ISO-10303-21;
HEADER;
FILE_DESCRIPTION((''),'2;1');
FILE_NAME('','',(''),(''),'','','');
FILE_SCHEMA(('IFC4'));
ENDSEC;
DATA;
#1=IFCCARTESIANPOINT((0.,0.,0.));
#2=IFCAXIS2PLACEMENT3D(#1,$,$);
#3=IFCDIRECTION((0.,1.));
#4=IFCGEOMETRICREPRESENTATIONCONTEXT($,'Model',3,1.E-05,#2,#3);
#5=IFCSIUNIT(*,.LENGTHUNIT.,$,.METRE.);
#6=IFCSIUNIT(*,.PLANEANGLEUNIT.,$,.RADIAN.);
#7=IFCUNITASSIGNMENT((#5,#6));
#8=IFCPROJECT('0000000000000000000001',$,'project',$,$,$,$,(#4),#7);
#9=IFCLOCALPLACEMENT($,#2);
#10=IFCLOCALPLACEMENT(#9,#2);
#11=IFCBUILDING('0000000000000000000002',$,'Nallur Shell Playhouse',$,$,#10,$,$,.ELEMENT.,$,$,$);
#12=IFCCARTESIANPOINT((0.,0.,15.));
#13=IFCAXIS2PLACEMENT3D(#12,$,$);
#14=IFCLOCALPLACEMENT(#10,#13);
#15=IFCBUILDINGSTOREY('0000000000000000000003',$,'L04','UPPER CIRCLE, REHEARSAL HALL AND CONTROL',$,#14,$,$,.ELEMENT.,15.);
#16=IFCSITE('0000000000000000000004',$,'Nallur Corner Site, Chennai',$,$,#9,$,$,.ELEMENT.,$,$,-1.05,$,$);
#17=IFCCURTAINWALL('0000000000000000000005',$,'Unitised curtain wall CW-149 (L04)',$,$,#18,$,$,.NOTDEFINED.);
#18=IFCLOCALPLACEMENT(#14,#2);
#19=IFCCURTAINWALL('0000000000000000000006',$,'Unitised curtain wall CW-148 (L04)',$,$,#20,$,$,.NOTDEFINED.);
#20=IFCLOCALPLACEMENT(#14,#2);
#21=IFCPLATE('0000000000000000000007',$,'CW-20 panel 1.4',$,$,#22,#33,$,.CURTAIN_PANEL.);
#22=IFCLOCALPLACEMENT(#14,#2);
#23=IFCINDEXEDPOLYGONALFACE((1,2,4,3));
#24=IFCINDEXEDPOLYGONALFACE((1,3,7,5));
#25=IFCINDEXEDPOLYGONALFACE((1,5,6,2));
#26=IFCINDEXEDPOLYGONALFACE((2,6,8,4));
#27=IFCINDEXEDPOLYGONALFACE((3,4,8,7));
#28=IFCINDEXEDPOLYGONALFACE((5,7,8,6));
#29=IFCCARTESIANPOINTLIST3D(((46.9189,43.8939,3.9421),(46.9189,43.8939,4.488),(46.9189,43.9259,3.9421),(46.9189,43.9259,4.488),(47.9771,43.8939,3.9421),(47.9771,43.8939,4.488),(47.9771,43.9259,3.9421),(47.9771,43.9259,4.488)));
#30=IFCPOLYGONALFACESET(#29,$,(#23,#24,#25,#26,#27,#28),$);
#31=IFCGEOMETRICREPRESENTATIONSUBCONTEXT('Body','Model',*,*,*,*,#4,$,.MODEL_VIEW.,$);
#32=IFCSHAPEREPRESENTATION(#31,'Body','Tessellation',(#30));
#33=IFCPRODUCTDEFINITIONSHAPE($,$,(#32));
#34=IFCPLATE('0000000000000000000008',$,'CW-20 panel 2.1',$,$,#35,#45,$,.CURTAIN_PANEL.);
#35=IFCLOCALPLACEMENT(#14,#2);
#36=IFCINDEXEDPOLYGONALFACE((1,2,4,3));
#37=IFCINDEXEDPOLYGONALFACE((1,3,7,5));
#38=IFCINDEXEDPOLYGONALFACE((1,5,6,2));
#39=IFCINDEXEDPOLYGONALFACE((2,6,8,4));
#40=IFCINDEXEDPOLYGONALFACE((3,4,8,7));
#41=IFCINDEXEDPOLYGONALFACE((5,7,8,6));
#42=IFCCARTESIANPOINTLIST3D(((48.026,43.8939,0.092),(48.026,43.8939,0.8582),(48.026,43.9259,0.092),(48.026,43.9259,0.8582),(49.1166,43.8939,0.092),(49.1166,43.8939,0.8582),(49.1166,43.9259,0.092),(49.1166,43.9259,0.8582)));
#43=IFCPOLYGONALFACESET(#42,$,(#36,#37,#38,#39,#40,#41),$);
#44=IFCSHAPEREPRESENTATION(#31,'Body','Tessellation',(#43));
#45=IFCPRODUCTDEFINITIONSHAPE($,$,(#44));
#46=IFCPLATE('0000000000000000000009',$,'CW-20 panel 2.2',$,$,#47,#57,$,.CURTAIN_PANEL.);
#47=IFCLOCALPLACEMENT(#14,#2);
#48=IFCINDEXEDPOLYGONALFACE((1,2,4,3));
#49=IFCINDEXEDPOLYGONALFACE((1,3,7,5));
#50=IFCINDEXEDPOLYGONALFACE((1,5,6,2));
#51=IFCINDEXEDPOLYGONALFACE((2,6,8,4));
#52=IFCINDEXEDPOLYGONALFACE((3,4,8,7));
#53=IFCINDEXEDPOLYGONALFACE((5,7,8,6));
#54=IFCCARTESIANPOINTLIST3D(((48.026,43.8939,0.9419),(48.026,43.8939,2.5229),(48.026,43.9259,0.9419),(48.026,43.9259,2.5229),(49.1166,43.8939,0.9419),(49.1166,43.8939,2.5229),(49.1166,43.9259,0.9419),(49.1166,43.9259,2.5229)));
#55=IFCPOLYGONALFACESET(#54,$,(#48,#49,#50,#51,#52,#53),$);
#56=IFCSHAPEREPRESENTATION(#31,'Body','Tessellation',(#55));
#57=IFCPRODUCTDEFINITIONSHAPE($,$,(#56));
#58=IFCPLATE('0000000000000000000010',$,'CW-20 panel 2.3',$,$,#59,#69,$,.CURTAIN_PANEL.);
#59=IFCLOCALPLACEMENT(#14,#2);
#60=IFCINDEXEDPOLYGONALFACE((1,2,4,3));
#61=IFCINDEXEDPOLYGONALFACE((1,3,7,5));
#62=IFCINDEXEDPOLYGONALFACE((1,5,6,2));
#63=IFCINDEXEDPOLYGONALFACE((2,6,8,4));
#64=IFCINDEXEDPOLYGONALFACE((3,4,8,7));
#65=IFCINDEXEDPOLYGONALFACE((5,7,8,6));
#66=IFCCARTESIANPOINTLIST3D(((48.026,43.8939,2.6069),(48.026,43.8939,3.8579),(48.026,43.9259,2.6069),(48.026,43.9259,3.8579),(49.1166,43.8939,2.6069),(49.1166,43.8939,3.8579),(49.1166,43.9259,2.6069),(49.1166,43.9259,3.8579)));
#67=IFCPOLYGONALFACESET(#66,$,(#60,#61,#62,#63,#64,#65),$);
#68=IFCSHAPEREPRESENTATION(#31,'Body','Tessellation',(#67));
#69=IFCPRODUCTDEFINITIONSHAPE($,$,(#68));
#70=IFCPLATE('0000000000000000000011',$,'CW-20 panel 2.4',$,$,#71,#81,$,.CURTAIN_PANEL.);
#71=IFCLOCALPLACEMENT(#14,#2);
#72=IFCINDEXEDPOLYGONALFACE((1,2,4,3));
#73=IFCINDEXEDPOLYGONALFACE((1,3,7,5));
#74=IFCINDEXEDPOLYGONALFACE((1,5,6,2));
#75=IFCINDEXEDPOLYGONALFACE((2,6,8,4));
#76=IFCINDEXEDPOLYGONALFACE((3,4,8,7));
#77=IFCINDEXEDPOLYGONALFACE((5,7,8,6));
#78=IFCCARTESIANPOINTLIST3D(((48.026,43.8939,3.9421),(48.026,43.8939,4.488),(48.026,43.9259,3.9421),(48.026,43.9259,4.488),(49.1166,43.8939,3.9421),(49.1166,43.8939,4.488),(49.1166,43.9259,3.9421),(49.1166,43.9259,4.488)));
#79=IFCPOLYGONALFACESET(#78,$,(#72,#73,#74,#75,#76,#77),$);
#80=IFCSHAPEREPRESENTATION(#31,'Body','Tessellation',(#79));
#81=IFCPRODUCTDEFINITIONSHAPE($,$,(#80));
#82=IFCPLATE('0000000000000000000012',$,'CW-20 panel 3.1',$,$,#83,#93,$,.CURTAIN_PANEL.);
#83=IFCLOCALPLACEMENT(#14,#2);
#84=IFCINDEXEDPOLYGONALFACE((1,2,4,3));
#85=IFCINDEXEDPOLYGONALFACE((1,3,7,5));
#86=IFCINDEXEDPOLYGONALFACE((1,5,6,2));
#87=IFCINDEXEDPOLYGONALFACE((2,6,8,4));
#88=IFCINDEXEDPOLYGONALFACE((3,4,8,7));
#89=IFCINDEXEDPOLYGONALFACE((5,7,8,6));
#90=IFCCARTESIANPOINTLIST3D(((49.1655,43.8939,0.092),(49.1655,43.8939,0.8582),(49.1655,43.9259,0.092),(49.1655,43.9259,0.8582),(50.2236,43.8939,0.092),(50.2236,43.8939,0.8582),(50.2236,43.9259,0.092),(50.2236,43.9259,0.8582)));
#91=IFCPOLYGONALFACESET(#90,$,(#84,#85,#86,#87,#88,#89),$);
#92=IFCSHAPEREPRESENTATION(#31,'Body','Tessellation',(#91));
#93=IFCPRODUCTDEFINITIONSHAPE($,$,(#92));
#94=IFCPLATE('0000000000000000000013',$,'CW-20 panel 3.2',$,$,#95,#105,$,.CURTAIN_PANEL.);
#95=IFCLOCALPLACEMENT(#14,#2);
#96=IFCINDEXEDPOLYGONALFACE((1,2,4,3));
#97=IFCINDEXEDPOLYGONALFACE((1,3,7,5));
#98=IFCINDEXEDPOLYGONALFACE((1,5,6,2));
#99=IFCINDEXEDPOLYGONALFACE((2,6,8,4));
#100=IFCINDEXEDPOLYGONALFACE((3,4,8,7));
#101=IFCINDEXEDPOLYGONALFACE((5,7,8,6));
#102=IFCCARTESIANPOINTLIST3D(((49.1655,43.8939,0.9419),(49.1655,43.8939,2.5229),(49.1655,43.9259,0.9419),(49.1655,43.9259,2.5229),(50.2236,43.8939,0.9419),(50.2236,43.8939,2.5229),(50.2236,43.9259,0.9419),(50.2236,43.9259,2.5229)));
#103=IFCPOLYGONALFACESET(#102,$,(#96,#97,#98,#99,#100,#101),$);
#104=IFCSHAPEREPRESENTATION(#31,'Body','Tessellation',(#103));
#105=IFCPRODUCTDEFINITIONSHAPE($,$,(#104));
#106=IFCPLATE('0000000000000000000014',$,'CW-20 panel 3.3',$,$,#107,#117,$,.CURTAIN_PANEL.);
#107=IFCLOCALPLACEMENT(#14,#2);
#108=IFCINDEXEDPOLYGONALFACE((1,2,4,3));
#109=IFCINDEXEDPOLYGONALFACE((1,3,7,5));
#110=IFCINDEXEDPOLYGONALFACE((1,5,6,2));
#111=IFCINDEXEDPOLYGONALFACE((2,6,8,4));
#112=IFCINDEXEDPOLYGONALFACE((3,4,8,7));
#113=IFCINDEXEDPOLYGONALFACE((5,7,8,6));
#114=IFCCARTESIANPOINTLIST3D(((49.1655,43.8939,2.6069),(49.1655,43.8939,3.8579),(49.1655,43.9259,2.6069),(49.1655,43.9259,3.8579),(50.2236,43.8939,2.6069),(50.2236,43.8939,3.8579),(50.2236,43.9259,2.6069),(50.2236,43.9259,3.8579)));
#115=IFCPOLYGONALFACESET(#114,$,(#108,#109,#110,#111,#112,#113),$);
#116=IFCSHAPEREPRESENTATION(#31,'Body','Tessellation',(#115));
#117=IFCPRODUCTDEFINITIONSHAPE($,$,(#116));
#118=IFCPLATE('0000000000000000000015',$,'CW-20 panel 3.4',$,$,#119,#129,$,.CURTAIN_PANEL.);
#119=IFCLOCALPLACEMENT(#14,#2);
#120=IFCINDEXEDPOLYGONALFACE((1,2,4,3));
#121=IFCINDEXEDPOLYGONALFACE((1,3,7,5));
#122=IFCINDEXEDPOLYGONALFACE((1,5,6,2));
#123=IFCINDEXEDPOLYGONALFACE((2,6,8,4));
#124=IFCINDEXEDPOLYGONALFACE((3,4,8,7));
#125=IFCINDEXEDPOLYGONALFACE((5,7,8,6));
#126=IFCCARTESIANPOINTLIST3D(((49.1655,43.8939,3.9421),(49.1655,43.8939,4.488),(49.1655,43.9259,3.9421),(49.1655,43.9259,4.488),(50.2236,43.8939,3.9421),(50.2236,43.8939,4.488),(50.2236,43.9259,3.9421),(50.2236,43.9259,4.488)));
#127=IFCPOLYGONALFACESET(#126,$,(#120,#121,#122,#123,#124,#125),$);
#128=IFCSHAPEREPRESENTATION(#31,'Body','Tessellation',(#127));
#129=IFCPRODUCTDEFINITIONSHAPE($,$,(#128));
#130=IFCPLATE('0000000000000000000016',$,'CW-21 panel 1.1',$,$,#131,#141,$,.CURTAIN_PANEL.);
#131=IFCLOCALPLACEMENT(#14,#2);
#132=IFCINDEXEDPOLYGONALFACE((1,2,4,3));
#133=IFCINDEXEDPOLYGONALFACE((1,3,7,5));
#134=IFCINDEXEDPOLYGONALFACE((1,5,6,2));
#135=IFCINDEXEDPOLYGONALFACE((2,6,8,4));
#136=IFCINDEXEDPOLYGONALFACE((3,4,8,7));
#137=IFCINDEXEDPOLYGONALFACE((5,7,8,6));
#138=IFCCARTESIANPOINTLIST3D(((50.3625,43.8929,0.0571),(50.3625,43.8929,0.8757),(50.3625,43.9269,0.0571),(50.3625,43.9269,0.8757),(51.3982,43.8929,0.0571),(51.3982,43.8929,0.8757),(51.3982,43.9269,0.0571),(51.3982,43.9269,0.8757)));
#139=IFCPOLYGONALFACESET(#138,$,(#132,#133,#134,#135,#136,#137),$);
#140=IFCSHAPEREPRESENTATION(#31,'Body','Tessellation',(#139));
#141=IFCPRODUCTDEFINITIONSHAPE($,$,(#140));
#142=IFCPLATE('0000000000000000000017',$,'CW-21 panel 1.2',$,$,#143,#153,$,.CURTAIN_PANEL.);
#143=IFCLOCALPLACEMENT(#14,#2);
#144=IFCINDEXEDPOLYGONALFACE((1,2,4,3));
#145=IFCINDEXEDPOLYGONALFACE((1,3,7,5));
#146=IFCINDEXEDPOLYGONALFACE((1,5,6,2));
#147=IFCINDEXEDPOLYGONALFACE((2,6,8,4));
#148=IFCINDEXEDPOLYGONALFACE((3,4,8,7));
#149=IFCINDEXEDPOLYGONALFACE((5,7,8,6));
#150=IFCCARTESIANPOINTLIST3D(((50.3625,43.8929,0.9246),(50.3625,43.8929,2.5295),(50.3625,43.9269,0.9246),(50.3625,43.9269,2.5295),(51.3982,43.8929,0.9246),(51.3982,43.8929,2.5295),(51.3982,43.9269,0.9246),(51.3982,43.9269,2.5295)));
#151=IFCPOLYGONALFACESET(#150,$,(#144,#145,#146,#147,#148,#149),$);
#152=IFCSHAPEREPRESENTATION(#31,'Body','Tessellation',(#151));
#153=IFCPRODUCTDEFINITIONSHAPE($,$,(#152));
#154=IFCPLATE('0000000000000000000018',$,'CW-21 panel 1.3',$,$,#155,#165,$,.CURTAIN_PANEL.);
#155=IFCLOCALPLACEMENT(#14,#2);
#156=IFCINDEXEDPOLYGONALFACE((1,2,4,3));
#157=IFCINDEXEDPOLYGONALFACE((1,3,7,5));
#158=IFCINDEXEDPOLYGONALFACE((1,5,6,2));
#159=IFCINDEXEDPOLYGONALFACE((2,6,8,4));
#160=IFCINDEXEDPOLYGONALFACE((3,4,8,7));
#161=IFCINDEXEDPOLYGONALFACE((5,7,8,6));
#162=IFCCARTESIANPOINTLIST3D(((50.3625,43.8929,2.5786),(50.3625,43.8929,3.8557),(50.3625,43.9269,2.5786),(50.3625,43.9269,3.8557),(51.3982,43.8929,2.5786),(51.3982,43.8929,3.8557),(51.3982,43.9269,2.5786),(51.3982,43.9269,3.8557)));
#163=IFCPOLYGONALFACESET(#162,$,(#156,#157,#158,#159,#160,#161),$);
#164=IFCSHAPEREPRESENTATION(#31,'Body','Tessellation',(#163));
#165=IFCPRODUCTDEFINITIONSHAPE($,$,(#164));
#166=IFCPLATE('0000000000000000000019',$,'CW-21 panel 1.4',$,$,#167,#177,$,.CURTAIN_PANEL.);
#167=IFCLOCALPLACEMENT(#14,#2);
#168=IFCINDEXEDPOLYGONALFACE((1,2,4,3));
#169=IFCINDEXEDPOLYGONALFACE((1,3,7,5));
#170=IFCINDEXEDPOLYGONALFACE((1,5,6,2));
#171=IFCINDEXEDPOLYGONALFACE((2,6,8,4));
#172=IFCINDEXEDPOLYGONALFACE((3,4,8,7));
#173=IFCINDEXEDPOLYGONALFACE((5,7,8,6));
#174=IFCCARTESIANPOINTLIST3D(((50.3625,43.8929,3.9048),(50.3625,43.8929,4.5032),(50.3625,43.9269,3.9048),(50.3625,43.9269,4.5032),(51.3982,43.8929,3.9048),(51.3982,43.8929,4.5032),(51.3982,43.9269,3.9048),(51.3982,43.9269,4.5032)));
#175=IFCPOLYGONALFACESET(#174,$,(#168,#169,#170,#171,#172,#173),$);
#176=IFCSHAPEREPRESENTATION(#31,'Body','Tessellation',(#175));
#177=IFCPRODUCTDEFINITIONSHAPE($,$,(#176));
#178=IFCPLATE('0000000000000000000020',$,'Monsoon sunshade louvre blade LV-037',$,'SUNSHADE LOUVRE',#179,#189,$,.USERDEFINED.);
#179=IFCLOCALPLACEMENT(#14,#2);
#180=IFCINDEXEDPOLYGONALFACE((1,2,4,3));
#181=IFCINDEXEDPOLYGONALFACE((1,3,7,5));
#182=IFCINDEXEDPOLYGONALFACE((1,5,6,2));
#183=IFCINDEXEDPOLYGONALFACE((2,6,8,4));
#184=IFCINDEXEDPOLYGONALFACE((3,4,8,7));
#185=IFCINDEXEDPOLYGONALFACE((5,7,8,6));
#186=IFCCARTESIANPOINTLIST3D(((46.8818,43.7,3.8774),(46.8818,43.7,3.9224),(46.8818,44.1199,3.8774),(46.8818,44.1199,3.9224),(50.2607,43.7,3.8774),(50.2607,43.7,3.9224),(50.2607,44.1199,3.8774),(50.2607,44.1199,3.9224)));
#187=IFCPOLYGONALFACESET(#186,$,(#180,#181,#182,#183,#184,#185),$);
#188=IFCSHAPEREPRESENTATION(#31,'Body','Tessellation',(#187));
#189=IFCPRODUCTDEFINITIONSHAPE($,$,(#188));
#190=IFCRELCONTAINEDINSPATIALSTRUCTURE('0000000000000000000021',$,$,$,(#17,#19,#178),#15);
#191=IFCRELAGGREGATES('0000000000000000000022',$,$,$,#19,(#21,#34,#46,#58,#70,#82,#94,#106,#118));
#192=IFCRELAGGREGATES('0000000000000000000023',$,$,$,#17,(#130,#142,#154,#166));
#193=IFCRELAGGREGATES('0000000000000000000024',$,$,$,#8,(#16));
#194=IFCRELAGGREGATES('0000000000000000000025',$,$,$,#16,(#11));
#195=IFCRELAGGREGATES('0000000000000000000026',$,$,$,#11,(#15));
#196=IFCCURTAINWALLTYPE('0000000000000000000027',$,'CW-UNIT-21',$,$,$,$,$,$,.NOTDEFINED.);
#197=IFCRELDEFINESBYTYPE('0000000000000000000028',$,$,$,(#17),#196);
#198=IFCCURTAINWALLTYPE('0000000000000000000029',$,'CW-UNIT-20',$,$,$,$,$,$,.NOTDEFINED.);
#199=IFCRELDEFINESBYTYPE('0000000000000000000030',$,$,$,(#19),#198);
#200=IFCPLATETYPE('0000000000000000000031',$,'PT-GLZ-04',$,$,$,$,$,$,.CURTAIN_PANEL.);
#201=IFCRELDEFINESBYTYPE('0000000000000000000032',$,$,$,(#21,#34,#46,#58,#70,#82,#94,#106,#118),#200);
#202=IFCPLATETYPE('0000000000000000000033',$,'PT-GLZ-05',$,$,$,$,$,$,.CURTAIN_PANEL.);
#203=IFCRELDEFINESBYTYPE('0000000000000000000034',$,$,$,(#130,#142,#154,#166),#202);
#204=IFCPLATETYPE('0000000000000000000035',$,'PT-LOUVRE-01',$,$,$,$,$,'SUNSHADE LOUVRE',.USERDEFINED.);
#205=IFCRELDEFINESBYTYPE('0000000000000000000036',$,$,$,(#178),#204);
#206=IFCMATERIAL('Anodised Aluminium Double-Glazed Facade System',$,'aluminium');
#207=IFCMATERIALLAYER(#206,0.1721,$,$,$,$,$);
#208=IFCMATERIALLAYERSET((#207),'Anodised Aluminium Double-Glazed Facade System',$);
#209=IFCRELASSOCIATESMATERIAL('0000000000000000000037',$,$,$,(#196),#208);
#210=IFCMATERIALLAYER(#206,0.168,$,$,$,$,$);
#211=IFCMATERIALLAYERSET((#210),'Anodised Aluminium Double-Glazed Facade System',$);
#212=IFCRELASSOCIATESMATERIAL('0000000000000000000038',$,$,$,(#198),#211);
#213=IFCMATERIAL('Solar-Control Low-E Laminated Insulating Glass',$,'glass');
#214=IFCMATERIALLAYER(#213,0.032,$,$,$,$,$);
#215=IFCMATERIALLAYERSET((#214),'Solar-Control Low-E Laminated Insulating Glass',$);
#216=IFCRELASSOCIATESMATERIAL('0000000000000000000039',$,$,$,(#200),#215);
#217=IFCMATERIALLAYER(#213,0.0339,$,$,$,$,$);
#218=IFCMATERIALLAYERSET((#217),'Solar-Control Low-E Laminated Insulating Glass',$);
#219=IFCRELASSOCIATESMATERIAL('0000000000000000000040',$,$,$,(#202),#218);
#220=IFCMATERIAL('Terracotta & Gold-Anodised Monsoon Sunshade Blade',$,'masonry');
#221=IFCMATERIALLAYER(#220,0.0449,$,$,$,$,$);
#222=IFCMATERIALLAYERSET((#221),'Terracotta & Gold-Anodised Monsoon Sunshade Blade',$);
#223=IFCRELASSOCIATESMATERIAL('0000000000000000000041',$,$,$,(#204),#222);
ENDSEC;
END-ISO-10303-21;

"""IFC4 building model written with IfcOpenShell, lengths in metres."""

from ifc_helpers import new_model, si_unit, direction, frame, origin, origin_2d, place, context, subcontext, project, spatial, rectangle, extrude, material, layer, layer_set, type_object, element, aggregate, save


model = new_model("IFC4")

# Units and contexts
model_context = context("Model", 3, precision=1e-05, world=origin(), true_north=direction((0.0, 1.0)))
body_context = subcontext(model_context, "Body", "Model", "MODEL_VIEW")
ifc_project = project(units=[si_unit("LENGTHUNIT", "METRE"), si_unit("PLANEANGLEUNIT", "RADIAN")], contexts=[model_context])

# Site, building, storey
site_placement = place(None, origin())
site = spatial("IfcSite", under=ifc_project, at=site_placement, Name="Nallur Corner Site, Chennai", CompositionType="ELEMENT", RefElevation=-1.05)
building_placement = place(site_placement, origin())
building = spatial("IfcBuilding", under=site, at=building_placement, Name="Nallur Shell Playhouse", CompositionType="ELEMENT")
storey_placement = place(building_placement, frame((0.0, 0.0, 15.0)))
storey = spatial("IfcBuildingStorey", under=building, at=storey_placement, Name="L04", Description="UPPER CIRCLE, REHEARSAL HALL AND CONTROL", CompositionType="ELEMENT", Elevation=15.0)

# Curtain wall
ifc_material_1 = material(Name="Anodised Aluminium Double-Glazed Facade System", Category="aluminium")
ifc_layer_1 = layer(ifc_material_1, 0.1721)
ifc_layer_set_1 = layer_set([ifc_layer_1], Name="Anodised Aluminium Double-Glazed Facade System")
curtain_wall_type_1 = type_object("IfcCurtainWallType", Name="CW-UNIT-21", PredefinedType="NOTDEFINED", material=ifc_layer_set_1)
curtain_wall_1_placement = place(storey_placement, origin())
curtain_wall_1 = element("IfcCurtainWall", 1, at=curtain_wall_1_placement, inside=storey, type_object=curtain_wall_type_1, Name="Unitised curtain wall CW-149 (L04)", PredefinedType="NOTDEFINED")

# Curtain wall
ifc_layer_2 = layer(ifc_material_1, 0.168)
ifc_layer_set_2 = layer_set([ifc_layer_2], Name="Anodised Aluminium Double-Glazed Facade System")
curtain_wall_type_2 = type_object("IfcCurtainWallType", Name="CW-UNIT-20", PredefinedType="NOTDEFINED", material=ifc_layer_set_2)
curtain_wall_2_placement = place(storey_placement, origin())
curtain_wall_2 = element("IfcCurtainWall", 2, at=curtain_wall_2_placement, inside=storey, type_object=curtain_wall_type_2, Name="Unitised curtain wall CW-148 (L04)", PredefinedType="NOTDEFINED")

# Plates
ifc_material_2 = material(Name="Solar-Control Low-E Laminated Insulating Glass", Category="glass")
ifc_layer_3 = layer(ifc_material_2, 0.032)
ifc_layer_set_3 = layer_set([ifc_layer_3], Name="Solar-Control Low-E Laminated Insulating Glass")
plate_type_1 = type_object("IfcPlateType", Name="PT-GLZ-04", PredefinedType="CURTAIN_PANEL", material=ifc_layer_set_3)
plate_1_placement = place(storey_placement, frame((47.448, 43.9099, 3.9421), z_axis=(0.0, 0.0, 1.0), x_axis=(1.0, 0.0, 0.0)))
plate_1 = element("IfcPlate", 3, at=plate_1_placement, type_object=plate_type_1, Name="CW-20 panel 1.4", PredefinedType="CURTAIN_PANEL", context=body_context, shape_type="SweptSolid", body=[
    extrude(rectangle(XDim=1.0581, YDim=0.032, at=origin_2d()), origin(), (0.0, 0.0, 1.0), 0.5459),
])
plate_2_placement = place(storey_placement, frame((48.5713, 43.9099, 0.092), z_axis=(0.0, 0.0, 1.0), x_axis=(1.0, 0.0, 0.0)))
plate_2 = element("IfcPlate", 4, at=plate_2_placement, type_object=plate_type_1, Name="CW-20 panel 2.1", PredefinedType="CURTAIN_PANEL", context=body_context, shape_type="SweptSolid", body=[
    extrude(rectangle(XDim=1.0906, YDim=0.032, at=origin_2d()), origin(), (0.0, 0.0, 1.0), 0.7661),
])
plate_3_placement = place(storey_placement, frame((48.5713, 43.9099, 0.9419), z_axis=(0.0, 0.0, 1.0), x_axis=(1.0, 0.0, 0.0)))
plate_3 = element("IfcPlate", 5, at=plate_3_placement, type_object=plate_type_1, Name="CW-20 panel 2.2", PredefinedType="CURTAIN_PANEL", context=body_context, shape_type="SweptSolid", body=[
    extrude(rectangle(XDim=1.0906, YDim=0.032, at=origin_2d()), origin(), (0.0, 0.0, 1.0), 1.5811),
])
plate_4_placement = place(storey_placement, frame((48.5713, 43.9099, 2.6069), z_axis=(0.0, 0.0, 1.0), x_axis=(1.0, 0.0, 0.0)))
plate_4 = element("IfcPlate", 6, at=plate_4_placement, type_object=plate_type_1, Name="CW-20 panel 2.3", PredefinedType="CURTAIN_PANEL", context=body_context, shape_type="SweptSolid", body=[
    extrude(rectangle(XDim=1.0906, YDim=0.032, at=origin_2d()), origin(), (0.0, 0.0, 1.0), 1.251),
])
plate_5_placement = place(storey_placement, frame((48.5713, 43.9099, 3.9421), z_axis=(0.0, 0.0, 1.0), x_axis=(1.0, 0.0, 0.0)))
plate_5 = element("IfcPlate", 7, at=plate_5_placement, type_object=plate_type_1, Name="CW-20 panel 2.4", PredefinedType="CURTAIN_PANEL", context=body_context, shape_type="SweptSolid", body=[
    extrude(rectangle(XDim=1.0906, YDim=0.032, at=origin_2d()), origin(), (0.0, 0.0, 1.0), 0.5459),
])
plate_6_placement = place(storey_placement, frame((49.6946, 43.9099, 0.092), z_axis=(0.0, 0.0, 1.0), x_axis=(1.0, 0.0, 0.0)))
plate_6 = element("IfcPlate", 8, at=plate_6_placement, type_object=plate_type_1, Name="CW-20 panel 3.1", PredefinedType="CURTAIN_PANEL", context=body_context, shape_type="SweptSolid", body=[
    extrude(rectangle(XDim=1.0581, YDim=0.032, at=origin_2d()), origin(), (0.0, 0.0, 1.0), 0.7661),
])
plate_7_placement = place(storey_placement, frame((49.6946, 43.9099, 0.9419), z_axis=(0.0, 0.0, 1.0), x_axis=(1.0, 0.0, 0.0)))
plate_7 = element("IfcPlate", 9, at=plate_7_placement, type_object=plate_type_1, Name="CW-20 panel 3.2", PredefinedType="CURTAIN_PANEL", context=body_context, shape_type="SweptSolid", body=[
    extrude(rectangle(XDim=1.0581, YDim=0.032, at=origin_2d()), origin(), (0.0, 0.0, 1.0), 1.5811),
])
plate_8_placement = place(storey_placement, frame((49.6946, 43.9099, 2.6069), z_axis=(0.0, 0.0, 1.0), x_axis=(1.0, 0.0, 0.0)))
plate_8 = element("IfcPlate", 10, at=plate_8_placement, type_object=plate_type_1, Name="CW-20 panel 3.3", PredefinedType="CURTAIN_PANEL", context=body_context, shape_type="SweptSolid", body=[
    extrude(rectangle(XDim=1.0581, YDim=0.032, at=origin_2d()), origin(), (0.0, 0.0, 1.0), 1.251),
])
plate_9_placement = place(storey_placement, frame((49.6946, 43.9099, 3.9421), z_axis=(0.0, 0.0, 1.0), x_axis=(1.0, 0.0, 0.0)))
plate_9 = element("IfcPlate", 11, at=plate_9_placement, type_object=plate_type_1, Name="CW-20 panel 3.4", PredefinedType="CURTAIN_PANEL", context=body_context, shape_type="SweptSolid", body=[
    extrude(rectangle(XDim=1.0581, YDim=0.032, at=origin_2d()), origin(), (0.0, 0.0, 1.0), 0.5459),
])
aggregate(curtain_wall_2, [plate_1, plate_2, plate_3, plate_4, plate_5, plate_6, plate_7, plate_8, plate_9])
ifc_layer_4 = layer(ifc_material_2, 0.0339)
ifc_layer_set_4 = layer_set([ifc_layer_4], Name="Solar-Control Low-E Laminated Insulating Glass")
plate_type_2 = type_object("IfcPlateType", Name="PT-GLZ-05", PredefinedType="CURTAIN_PANEL", material=ifc_layer_set_4)
plate_10_placement = place(storey_placement, frame((50.8804, 43.9099, 0.0571), z_axis=(0.0, 0.0, 1.0), x_axis=(1.0, 0.0, 0.0)))
plate_10 = element("IfcPlate", 12, at=plate_10_placement, type_object=plate_type_2, Name="CW-21 panel 1.1", PredefinedType="CURTAIN_PANEL", context=body_context, shape_type="SweptSolid", body=[
    extrude(rectangle(XDim=1.0356, YDim=0.0339, at=origin_2d()), origin(), (0.0, 0.0, 1.0), 0.8186),
])
plate_11_placement = place(storey_placement, frame((50.8804, 43.9099, 0.9246), z_axis=(0.0, 0.0, 1.0), x_axis=(1.0, 0.0, 0.0)))
plate_11 = element("IfcPlate", 13, at=plate_11_placement, type_object=plate_type_2, Name="CW-21 panel 1.2", PredefinedType="CURTAIN_PANEL", context=body_context, shape_type="SweptSolid", body=[
    extrude(rectangle(XDim=1.0356, YDim=0.0339, at=origin_2d()), origin(), (0.0, 0.0, 1.0), 1.605),
])
plate_12_placement = place(storey_placement, frame((50.8804, 43.9099, 2.5786), z_axis=(0.0, 0.0, 1.0), x_axis=(1.0, 0.0, 0.0)))
plate_12 = element("IfcPlate", 14, at=plate_12_placement, type_object=plate_type_2, Name="CW-21 panel 1.3", PredefinedType="CURTAIN_PANEL", context=body_context, shape_type="SweptSolid", body=[
    extrude(rectangle(XDim=1.0356, YDim=0.0339, at=origin_2d()), origin(), (0.0, 0.0, 1.0), 1.2771),
])
plate_13_placement = place(storey_placement, frame((50.8804, 43.9099, 3.9048), z_axis=(0.0, 0.0, 1.0), x_axis=(1.0, 0.0, 0.0)))
plate_13 = element("IfcPlate", 15, at=plate_13_placement, type_object=plate_type_2, Name="CW-21 panel 1.4", PredefinedType="CURTAIN_PANEL", context=body_context, shape_type="SweptSolid", body=[
    extrude(rectangle(XDim=1.0356, YDim=0.0339, at=origin_2d()), origin(), (0.0, 0.0, 1.0), 0.5984),
])
aggregate(curtain_wall_1, [plate_10, plate_11, plate_12, plate_13])
ifc_material_3 = material(Name="Terracotta & Gold-Anodised Monsoon Sunshade Blade", Category="masonry")
ifc_layer_5 = layer(ifc_material_3, 0.0449)
ifc_layer_set_5 = layer_set([ifc_layer_5], Name="Terracotta & Gold-Anodised Monsoon Sunshade Blade")
plate_type_3 = type_object("IfcPlateType", Name="PT-LOUVRE-01", ElementType="SUNSHADE LOUVRE", PredefinedType="USERDEFINED", material=ifc_layer_set_5)
plate_14_placement = place(storey_placement, frame((48.5713, 43.9099, 3.8774), z_axis=(0.0, 0.0, 1.0), x_axis=(1.0, 0.0, 0.0)))
element("IfcPlate", 16, at=plate_14_placement, inside=storey, type_object=plate_type_3, Name="Monsoon sunshade louvre blade LV-037", ObjectType="SUNSHADE LOUVRE", PredefinedType="USERDEFINED", context=body_context, shape_type="SweptSolid", body=[
    extrude(rectangle(XDim=3.3789, YDim=0.4199, at=origin_2d()), origin(), (0.0, 0.0, 1.0), 0.0449),
])

save(model, "model.ifc")
